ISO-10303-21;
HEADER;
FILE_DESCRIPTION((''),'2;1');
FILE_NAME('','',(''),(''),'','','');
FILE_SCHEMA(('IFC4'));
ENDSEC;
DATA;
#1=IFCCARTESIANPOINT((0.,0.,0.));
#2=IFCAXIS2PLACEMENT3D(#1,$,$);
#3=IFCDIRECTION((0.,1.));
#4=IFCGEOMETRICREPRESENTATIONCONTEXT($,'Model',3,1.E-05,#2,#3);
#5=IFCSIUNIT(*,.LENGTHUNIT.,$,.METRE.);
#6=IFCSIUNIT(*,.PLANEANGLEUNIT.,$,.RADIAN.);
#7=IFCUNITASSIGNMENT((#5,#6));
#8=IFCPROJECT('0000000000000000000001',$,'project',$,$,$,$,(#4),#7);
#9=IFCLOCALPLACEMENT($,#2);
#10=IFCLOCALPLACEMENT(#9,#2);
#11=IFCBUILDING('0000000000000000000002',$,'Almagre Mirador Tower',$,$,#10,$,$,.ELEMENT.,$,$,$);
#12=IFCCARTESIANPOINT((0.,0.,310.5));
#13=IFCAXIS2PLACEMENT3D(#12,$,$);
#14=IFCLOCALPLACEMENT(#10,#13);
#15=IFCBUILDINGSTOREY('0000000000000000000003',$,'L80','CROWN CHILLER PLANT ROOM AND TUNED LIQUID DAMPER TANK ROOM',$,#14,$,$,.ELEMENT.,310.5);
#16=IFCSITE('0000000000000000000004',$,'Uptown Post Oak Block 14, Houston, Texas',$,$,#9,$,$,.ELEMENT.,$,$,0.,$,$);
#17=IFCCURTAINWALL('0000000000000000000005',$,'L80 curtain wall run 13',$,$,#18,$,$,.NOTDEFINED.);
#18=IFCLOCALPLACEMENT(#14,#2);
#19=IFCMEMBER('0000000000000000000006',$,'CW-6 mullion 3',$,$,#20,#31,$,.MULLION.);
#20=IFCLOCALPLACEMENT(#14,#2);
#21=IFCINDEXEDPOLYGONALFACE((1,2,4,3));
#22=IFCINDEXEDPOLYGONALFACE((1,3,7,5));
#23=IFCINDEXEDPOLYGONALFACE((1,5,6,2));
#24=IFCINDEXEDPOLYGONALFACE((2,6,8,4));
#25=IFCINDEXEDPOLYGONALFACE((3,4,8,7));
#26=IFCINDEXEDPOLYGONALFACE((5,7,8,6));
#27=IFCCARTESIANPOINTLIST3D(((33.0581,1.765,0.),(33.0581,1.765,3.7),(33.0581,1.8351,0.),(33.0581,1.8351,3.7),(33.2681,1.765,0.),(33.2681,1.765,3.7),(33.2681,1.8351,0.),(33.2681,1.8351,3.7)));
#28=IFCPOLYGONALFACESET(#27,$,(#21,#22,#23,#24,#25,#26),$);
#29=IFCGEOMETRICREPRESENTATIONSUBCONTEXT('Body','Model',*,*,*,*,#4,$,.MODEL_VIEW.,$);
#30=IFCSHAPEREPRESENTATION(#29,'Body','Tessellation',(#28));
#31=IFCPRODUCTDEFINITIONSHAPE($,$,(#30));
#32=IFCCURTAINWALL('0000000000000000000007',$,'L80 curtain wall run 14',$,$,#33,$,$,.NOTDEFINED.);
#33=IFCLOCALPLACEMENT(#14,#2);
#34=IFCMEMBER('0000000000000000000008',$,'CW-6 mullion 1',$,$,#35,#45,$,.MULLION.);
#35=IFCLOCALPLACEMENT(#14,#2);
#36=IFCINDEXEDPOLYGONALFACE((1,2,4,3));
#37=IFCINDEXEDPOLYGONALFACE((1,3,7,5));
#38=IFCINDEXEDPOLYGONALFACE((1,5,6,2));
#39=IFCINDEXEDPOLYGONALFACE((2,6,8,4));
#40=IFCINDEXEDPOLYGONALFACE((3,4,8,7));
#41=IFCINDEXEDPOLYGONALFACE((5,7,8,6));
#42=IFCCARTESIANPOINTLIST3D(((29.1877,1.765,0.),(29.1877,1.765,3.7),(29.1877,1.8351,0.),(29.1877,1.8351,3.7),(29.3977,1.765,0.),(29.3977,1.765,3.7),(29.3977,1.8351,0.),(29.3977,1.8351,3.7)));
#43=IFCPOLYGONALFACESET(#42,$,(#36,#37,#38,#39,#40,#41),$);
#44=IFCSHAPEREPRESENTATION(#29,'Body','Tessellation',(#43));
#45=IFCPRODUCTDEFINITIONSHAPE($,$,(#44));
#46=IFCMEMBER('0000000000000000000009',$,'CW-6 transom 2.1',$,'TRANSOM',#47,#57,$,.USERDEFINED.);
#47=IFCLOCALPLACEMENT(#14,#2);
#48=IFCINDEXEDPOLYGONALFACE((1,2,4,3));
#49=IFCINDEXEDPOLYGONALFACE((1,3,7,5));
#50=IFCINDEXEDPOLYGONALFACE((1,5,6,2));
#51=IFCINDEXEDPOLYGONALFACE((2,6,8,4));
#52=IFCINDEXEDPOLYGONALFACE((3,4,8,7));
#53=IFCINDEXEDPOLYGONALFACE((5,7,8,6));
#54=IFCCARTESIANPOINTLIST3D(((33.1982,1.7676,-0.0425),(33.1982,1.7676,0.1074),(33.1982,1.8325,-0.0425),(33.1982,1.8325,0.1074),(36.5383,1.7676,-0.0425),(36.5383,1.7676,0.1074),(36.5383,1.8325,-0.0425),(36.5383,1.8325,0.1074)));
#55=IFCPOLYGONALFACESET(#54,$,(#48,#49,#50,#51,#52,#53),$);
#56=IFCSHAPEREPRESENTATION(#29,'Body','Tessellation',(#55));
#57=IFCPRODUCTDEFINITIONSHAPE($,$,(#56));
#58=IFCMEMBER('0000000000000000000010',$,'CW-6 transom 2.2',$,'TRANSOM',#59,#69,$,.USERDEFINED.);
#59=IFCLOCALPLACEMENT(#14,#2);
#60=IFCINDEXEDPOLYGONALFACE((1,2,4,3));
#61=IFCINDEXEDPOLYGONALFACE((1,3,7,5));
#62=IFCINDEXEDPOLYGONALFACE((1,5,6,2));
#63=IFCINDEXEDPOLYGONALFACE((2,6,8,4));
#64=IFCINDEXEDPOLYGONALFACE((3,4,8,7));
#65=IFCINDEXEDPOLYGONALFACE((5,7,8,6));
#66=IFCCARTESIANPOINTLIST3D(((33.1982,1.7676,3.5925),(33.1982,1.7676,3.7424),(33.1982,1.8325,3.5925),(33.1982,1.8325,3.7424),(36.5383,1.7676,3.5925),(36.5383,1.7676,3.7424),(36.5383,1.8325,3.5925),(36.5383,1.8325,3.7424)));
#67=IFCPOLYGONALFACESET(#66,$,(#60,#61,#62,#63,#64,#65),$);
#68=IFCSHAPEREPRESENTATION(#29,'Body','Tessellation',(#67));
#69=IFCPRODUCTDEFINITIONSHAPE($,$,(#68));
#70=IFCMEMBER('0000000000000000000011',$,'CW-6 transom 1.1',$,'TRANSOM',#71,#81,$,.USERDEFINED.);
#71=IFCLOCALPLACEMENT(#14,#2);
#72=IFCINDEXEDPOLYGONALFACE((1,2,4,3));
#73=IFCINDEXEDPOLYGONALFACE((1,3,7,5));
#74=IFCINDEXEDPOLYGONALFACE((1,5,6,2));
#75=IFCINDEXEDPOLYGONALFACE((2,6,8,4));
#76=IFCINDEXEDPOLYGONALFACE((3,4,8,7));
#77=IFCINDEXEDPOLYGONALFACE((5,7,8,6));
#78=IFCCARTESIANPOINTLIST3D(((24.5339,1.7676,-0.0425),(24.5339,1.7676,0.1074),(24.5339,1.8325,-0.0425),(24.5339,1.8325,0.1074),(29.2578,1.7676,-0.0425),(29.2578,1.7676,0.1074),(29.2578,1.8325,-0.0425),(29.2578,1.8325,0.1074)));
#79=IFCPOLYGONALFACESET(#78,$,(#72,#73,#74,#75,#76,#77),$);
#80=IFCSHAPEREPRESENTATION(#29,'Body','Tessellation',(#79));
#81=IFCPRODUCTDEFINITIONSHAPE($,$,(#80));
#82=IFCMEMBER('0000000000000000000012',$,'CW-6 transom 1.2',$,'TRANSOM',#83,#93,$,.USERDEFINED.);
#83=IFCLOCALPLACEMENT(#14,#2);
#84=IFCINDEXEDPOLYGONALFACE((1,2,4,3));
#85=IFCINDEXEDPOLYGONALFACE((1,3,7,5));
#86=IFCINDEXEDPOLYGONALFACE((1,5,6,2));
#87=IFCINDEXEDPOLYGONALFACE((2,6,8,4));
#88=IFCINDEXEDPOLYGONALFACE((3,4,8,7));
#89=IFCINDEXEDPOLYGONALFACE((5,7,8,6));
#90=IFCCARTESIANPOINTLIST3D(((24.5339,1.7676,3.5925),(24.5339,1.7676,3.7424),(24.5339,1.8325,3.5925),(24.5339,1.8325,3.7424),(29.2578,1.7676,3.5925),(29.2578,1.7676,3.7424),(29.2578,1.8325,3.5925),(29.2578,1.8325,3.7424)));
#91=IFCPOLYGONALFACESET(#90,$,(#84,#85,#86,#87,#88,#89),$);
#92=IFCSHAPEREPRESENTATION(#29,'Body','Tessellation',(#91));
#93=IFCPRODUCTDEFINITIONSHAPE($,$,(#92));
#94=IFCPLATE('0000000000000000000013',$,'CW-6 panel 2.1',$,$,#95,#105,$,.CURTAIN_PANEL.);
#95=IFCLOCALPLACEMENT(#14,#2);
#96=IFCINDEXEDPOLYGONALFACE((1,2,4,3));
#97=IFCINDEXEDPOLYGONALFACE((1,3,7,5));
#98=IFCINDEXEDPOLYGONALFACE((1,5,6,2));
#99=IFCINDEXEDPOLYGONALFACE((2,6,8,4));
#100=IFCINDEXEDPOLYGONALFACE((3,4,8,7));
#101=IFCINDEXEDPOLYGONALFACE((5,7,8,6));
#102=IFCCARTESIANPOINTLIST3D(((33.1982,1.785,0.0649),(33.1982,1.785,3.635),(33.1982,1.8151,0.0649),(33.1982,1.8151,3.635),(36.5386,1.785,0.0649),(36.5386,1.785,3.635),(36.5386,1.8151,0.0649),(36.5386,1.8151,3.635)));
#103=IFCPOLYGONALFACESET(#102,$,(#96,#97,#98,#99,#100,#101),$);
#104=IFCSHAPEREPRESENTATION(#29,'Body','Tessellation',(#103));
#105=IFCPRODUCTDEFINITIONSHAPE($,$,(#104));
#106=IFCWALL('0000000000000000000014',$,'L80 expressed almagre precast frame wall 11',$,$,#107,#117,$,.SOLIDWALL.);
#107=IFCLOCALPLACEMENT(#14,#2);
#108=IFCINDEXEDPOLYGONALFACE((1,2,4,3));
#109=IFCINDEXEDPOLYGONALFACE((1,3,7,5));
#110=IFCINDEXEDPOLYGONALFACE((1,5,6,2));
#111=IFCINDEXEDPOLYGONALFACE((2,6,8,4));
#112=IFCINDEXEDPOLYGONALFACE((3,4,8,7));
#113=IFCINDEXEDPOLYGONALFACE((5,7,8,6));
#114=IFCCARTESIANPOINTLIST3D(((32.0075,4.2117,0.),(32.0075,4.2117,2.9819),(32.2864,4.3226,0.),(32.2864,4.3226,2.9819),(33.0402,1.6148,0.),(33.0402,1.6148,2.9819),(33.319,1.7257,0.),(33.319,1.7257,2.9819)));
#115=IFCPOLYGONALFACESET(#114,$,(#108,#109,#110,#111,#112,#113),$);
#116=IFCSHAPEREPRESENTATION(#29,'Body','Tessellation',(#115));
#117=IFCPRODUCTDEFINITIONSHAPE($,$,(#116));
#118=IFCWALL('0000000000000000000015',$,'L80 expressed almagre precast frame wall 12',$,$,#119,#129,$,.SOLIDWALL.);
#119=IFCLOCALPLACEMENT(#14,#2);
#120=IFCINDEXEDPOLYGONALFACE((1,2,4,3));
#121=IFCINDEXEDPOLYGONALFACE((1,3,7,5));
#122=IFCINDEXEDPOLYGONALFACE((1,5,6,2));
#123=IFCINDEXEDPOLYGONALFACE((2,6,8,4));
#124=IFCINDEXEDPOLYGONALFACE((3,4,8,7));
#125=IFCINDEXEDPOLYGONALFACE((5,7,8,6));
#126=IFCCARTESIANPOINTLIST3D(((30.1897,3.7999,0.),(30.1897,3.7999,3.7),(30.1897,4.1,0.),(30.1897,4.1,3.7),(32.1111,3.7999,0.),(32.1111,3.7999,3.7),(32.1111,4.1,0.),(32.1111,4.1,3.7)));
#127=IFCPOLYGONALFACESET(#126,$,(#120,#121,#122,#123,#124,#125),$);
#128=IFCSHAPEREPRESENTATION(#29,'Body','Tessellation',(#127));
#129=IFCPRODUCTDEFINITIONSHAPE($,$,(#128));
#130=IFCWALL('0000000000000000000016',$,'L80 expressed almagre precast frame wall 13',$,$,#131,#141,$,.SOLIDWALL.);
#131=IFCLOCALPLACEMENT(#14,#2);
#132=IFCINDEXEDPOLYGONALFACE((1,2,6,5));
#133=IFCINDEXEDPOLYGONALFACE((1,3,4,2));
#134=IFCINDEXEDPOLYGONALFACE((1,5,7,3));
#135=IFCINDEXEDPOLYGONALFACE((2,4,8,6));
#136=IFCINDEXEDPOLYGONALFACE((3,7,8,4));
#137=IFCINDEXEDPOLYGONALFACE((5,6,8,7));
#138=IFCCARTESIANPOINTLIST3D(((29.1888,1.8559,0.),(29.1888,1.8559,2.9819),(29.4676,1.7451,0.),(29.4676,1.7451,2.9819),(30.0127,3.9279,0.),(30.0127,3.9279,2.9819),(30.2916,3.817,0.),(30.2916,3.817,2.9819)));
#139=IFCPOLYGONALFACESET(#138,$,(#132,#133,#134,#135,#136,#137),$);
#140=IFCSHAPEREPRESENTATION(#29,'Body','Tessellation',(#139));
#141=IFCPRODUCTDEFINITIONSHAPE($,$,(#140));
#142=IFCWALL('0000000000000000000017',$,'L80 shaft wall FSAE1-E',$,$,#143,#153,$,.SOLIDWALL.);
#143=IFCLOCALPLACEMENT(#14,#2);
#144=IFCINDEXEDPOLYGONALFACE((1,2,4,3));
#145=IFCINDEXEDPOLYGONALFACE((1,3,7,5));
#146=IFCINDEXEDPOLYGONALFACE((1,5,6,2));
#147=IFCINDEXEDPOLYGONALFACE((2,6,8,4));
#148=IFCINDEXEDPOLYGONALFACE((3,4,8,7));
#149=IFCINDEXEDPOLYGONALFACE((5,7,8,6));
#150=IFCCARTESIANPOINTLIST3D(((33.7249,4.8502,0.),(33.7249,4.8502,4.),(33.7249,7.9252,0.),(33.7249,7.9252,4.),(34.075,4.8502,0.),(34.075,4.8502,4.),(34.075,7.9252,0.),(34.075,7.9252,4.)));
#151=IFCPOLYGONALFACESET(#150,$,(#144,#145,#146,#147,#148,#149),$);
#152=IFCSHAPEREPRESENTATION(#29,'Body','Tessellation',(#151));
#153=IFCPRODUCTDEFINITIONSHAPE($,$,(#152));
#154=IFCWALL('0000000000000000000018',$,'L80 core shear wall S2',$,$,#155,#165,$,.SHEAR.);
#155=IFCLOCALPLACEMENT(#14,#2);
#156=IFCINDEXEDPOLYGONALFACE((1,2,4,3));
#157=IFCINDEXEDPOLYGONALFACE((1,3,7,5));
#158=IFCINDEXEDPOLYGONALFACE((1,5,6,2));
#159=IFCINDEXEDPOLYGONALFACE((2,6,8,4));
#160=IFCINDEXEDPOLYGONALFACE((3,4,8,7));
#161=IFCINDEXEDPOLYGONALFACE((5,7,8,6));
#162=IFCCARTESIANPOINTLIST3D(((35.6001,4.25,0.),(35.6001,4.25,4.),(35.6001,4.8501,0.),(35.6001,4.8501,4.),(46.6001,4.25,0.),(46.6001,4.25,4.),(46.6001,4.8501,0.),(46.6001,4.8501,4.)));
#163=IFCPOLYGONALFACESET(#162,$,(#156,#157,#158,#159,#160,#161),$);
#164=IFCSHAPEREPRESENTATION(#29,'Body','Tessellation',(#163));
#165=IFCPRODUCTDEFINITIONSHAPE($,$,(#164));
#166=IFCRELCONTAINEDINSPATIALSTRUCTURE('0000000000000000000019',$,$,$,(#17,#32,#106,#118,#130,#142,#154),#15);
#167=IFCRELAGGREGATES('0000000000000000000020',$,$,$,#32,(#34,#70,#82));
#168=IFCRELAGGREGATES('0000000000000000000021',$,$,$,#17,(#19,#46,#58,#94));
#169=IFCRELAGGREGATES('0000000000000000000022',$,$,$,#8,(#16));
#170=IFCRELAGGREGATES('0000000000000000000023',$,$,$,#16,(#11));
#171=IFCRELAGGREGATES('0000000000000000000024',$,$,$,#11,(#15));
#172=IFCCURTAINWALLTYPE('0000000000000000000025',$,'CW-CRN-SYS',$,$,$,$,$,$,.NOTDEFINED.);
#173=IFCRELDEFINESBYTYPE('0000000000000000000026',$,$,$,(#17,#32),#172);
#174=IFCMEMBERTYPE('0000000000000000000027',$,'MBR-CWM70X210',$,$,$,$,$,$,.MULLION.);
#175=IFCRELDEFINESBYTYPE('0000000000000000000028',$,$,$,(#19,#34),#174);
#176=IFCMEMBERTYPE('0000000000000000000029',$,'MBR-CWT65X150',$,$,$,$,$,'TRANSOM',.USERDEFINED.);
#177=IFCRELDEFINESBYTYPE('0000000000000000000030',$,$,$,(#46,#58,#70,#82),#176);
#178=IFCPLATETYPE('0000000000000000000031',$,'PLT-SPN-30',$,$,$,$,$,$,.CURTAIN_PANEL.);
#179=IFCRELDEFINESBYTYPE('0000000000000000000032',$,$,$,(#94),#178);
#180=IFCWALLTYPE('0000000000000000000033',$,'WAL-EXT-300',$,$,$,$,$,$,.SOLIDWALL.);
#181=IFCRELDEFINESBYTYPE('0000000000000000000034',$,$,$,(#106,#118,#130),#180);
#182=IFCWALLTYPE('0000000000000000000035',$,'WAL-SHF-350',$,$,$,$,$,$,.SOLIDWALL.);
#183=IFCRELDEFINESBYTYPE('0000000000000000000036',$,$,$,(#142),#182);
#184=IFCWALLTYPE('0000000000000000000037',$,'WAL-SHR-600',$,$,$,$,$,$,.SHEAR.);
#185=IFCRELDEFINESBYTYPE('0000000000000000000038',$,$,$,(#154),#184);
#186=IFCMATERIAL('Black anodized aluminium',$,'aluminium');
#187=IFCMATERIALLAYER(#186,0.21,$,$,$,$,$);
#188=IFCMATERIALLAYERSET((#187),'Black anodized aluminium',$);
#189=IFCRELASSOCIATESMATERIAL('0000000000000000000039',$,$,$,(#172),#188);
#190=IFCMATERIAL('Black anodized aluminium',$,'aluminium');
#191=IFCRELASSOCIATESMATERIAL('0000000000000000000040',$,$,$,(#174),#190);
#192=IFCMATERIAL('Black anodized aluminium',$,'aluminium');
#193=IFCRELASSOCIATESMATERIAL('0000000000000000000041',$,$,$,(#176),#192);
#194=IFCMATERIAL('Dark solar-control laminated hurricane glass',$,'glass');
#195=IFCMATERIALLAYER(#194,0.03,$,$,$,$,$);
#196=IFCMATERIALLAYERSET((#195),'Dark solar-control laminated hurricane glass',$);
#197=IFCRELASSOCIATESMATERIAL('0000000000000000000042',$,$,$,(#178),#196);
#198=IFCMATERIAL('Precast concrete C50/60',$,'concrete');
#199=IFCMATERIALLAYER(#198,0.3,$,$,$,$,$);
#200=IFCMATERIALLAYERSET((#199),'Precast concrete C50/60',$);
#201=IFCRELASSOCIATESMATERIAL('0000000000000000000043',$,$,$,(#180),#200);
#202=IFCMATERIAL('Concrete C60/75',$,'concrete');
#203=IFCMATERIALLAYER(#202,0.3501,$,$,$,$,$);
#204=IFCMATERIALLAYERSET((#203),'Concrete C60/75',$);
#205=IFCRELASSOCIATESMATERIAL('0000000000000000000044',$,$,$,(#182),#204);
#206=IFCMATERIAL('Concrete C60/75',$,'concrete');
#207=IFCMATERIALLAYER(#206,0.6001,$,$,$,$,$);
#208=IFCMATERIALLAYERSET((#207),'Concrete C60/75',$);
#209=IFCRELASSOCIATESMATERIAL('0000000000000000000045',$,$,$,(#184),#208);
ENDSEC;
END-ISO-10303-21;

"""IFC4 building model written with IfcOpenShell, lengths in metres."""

from ifc_helpers import new_model, si_unit, direction, frame, frame_2d, origin, origin_2d, place, context, subcontext, project, spatial, rectangle, extrude, material, layer, layer_set, material_profile, profile_set, type_object, element, aggregate, save


model = new_model("IFC4")

# Units and contexts
model_context = context("Model", 3, precision=1e-05, world=origin(), true_north=direction((0.0, 1.0)))
body_context = subcontext(model_context, "Body", "Model", "MODEL_VIEW")
ifc_project = project(units=[si_unit("LENGTHUNIT", "METRE"), si_unit("PLANEANGLEUNIT", "RADIAN")], contexts=[model_context])

# Site, building, storey
site_placement = place(None, origin())
site = spatial("IfcSite", under=ifc_project, at=site_placement, Name="Uptown Post Oak Block 14, Houston, Texas", CompositionType="ELEMENT", RefElevation=0.0)
building_placement = place(site_placement, origin())
building = spatial("IfcBuilding", under=site, at=building_placement, Name="Almagre Mirador Tower", CompositionType="ELEMENT")
storey_placement = place(building_placement, frame((0.0, 0.0, 310.5)))
storey = spatial("IfcBuildingStorey", under=building, at=storey_placement, Name="L80", Description="CROWN CHILLER PLANT ROOM AND TUNED LIQUID DAMPER TANK ROOM", CompositionType="ELEMENT", Elevation=310.5)

# Curtain walls, members
ifc_material_1 = material(Name="Black anodized aluminium", Category="aluminium")
ifc_layer_1 = layer(ifc_material_1, 0.21)
ifc_layer_set_1 = layer_set([ifc_layer_1], Name="Black anodized aluminium")
curtain_wall_type = type_object("IfcCurtainWallType", Name="CW-CRN-SYS", PredefinedType="NOTDEFINED", material=ifc_layer_set_1)
curtain_wall_1_placement = place(storey_placement, origin())
curtain_wall_1 = element("IfcCurtainWall", 1, at=curtain_wall_1_placement, inside=storey, type_object=curtain_wall_type, Name="L80 curtain wall run 13", PredefinedType="NOTDEFINED")
ifc_material_2 = material(Name="Black anodized aluminium", Category="aluminium")
ifc_material_profile_1 = material_profile(ifc_material_2, rectangle(XDim=0.0701, YDim=0.21, at=origin_2d()), Name="CWM70X210")
ifc_profile_set_1 = profile_set([ifc_material_profile_1], Name="Black anodized aluminium")
member_type_1 = type_object("IfcMemberType", Name="MBR-CWM70X210", PredefinedType="MULLION", material=ifc_profile_set_1)
member_1_placement = place(storey_placement, frame((33.1631, 1.8, 0.0), z_axis=(0.0, 0.0, 1.0), x_axis=(0.0, -1.0, 0.0)))
member_1 = element("IfcMember", 2, at=member_1_placement, type_object=member_type_1, Name="CW-6 mullion 3", PredefinedType="MULLION", context=body_context, shape_type="SweptSolid", body=[
    extrude(rectangle(XDim=0.0701, YDim=0.21, at=origin_2d()), origin(), (0.0, 0.0, 1.0), 3.7),
])
curtain_wall_2_placement = place(storey_placement, origin())
curtain_wall_2 = element("IfcCurtainWall", 3, at=curtain_wall_2_placement, inside=storey, type_object=curtain_wall_type, Name="L80 curtain wall run 14", PredefinedType="NOTDEFINED")
member_2_placement = place(storey_placement, frame((29.2927, 1.8, 0.0), z_axis=(0.0, 0.0, 1.0), x_axis=(0.0, -1.0, 0.0)))
member_2 = element("IfcMember", 4, at=member_2_placement, type_object=member_type_1, Name="CW-6 mullion 1", PredefinedType="MULLION", context=body_context, shape_type="SweptSolid", body=[
    extrude(rectangle(XDim=0.0701, YDim=0.21, at=origin_2d()), origin(), (0.0, 0.0, 1.0), 3.7),
])

# Members
ifc_material_3 = material(Name="Black anodized aluminium", Category="aluminium")
ifc_material_profile_2 = material_profile(ifc_material_3, rectangle(XDim=0.0649, YDim=0.1499, at=origin_2d()), Name="CWT65X150")
ifc_profile_set_2 = profile_set([ifc_material_profile_2], Name="Black anodized aluminium")
member_type_2 = type_object("IfcMemberType", Name="MBR-CWT65X150", ElementType="TRANSOM", PredefinedType="USERDEFINED", material=ifc_profile_set_2)
member_3_placement = place(storey_placement, frame((36.5383, 1.8, 0.0325), z_axis=(-1.0, 0.0, 0.0), x_axis=(0.0, -1.0, 0.0)))
member_3 = element("IfcMember", 5, at=member_3_placement, type_object=member_type_2, Name="CW-6 transom 2.1", ObjectType="TRANSOM", PredefinedType="USERDEFINED", context=body_context, shape_type="SweptSolid", body=[
    extrude(rectangle(XDim=0.0649, YDim=0.1499, at=origin_2d()), origin(), (0.0, 0.0, 1.0), 3.3401),
])
member_4_placement = place(storey_placement, frame((36.5383, 1.8, 3.6675), z_axis=(-1.0, 0.0, 0.0), x_axis=(0.0, -1.0, 0.0)))
member_4 = element("IfcMember", 6, at=member_4_placement, type_object=member_type_2, Name="CW-6 transom 2.2", ObjectType="TRANSOM", PredefinedType="USERDEFINED", context=body_context, shape_type="SweptSolid", body=[
    extrude(rectangle(XDim=0.0649, YDim=0.1499, at=origin_2d()), origin(), (0.0, 0.0, 1.0), 3.3401),
])
member_5_placement = place(storey_placement, frame((29.2578, 1.8, 0.0325), z_axis=(-1.0, 0.0, 0.0), x_axis=(0.0, -1.0, 0.0)))
member_5 = element("IfcMember", 7, at=member_5_placement, type_object=member_type_2, Name="CW-6 transom 1.1", ObjectType="TRANSOM", PredefinedType="USERDEFINED", context=body_context, shape_type="SweptSolid", body=[
    extrude(rectangle(XDim=0.0649, YDim=0.1499, at=origin_2d()), origin(), (0.0, 0.0, 1.0), 4.7239),
])
member_6_placement = place(storey_placement, frame((29.2578, 1.8, 3.6675), z_axis=(-1.0, 0.0, 0.0), x_axis=(0.0, -1.0, 0.0)))
member_6 = element("IfcMember", 8, at=member_6_placement, type_object=member_type_2, Name="CW-6 transom 1.2", ObjectType="TRANSOM", PredefinedType="USERDEFINED", context=body_context, shape_type="SweptSolid", body=[
    extrude(rectangle(XDim=0.0649, YDim=0.1499, at=origin_2d()), origin(), (0.0, 0.0, 1.0), 4.7239),
])
aggregate(curtain_wall_2, [member_2, member_5, member_6])

# Plate
ifc_material_4 = material(Name="Dark solar-control laminated hurricane glass", Category="glass")
ifc_layer_2 = layer(ifc_material_4, 0.03)
ifc_layer_set_2 = layer_set([ifc_layer_2], Name="Dark solar-control laminated hurricane glass")
plate_type = type_object("IfcPlateType", Name="PLT-SPN-30", PredefinedType="CURTAIN_PANEL", material=ifc_layer_set_2)
plate_placement = place(storey_placement, frame((34.8684, 1.8, 0.0649), z_axis=(0.0, 0.0, 1.0), x_axis=(-1.0, 0.0, 0.0)))
plate = element("IfcPlate", 9, at=plate_placement, type_object=plate_type, Name="CW-6 panel 2.1", PredefinedType="CURTAIN_PANEL", context=body_context, shape_type="SweptSolid", body=[
    extrude(rectangle(XDim=3.3403, YDim=0.03, at=origin_2d()), origin(), (0.0, 0.0, 1.0), 3.5701),
])
aggregate(curtain_wall_1, [member_1, member_3, member_4, plate])

# Walls
ifc_material_5 = material(Name="Precast concrete C50/60", Category="concrete")
ifc_layer_3 = layer(ifc_material_5, 0.3)
ifc_layer_set_3 = layer_set([ifc_layer_3], Name="Precast concrete C50/60")
wall_type_1 = type_object("IfcWallType", Name="WAL-EXT-300", PredefinedType="SOLIDWALL", material=ifc_layer_set_3)
wall_1_placement = place(storey_placement, frame((33.1797, 1.6702, 0.0), z_axis=(0.0, 0.0, 1.0), x_axis=(-0.369522, 0.929222, 0.0)))
element("IfcWall", 10, at=wall_1_placement, inside=storey, type_object=wall_type_1, Name="L80 expressed almagre precast frame wall 11", PredefinedType="SOLIDWALL", context=body_context, shape_type="SweptSolid", body=[
    extrude(rectangle(XDim=2.7947, YDim=0.3, at=frame_2d((1.3975, 0.0))), origin(), (0.0, 0.0, 1.0), 2.9819),
])
wall_2_placement = place(storey_placement, frame((32.1111, 3.95, 0.0), z_axis=(0.0, 0.0, 1.0), x_axis=(-1.0, 0.0, 0.0)))
element("IfcWall", 11, at=wall_2_placement, inside=storey, type_object=wall_type_1, Name="L80 expressed almagre precast frame wall 12", PredefinedType="SOLIDWALL", context=body_context, shape_type="SweptSolid", body=[
    extrude(rectangle(XDim=1.9214, YDim=0.3, at=frame_2d((0.9607, 0.0))), origin(), (0.0, 0.0, 1.0), 3.7),
])
wall_3_placement = place(storey_placement, frame((30.1521, 3.8723, 0.0), z_axis=(0.0, 0.0, 1.0), x_axis=(-0.369521, -0.929222, 0.0)))
element("IfcWall", 12, at=wall_3_placement, inside=storey, type_object=wall_type_1, Name="L80 expressed almagre precast frame wall 13", PredefinedType="SOLIDWALL", context=body_context, shape_type="SweptSolid", body=[
    extrude(rectangle(XDim=2.2297, YDim=0.3, at=frame_2d((1.1147, 0.0))), origin(), (0.0, 0.0, 1.0), 2.9819),
])
ifc_material_6 = material(Name="Concrete C60/75", Category="concrete")
ifc_layer_4 = layer(ifc_material_6, 0.3501)
ifc_layer_set_4 = layer_set([ifc_layer_4], Name="Concrete C60/75")
wall_type_2 = type_object("IfcWallType", Name="WAL-SHF-350", PredefinedType="SOLIDWALL", material=ifc_layer_set_4)
wall_4_placement = place(storey_placement, frame((33.8999, 4.8501, 0.0), z_axis=(0.0, 0.0, 1.0), x_axis=(0.0, 1.0, 0.0)))
element("IfcWall", 13, at=wall_4_placement, inside=storey, type_object=wall_type_2, Name="L80 shaft wall FSAE1-E", PredefinedType="SOLIDWALL", context=body_context, shape_type="SweptSolid", body=[
    extrude(rectangle(XDim=3.075, YDim=0.3501, at=frame_2d((1.5376, 0.0))), origin(), (0.0, 0.0, 1.0), 4.0),
])
ifc_material_7 = material(Name="Concrete C60/75", Category="concrete")
ifc_layer_5 = layer(ifc_material_7, 0.6001)
ifc_layer_set_5 = layer_set([ifc_layer_5], Name="Concrete C60/75")
wall_type_3 = type_object("IfcWallType", Name="WAL-SHR-600", PredefinedType="SHEAR", material=ifc_layer_set_5)
wall_5_placement = place(storey_placement, frame((35.6001, 4.55, 0.0), z_axis=(0.0, 0.0, 1.0), x_axis=(1.0, 0.0, 0.0)))
element("IfcWall", 14, at=wall_5_placement, inside=storey, type_object=wall_type_3, Name="L80 core shear wall S2", PredefinedType="SHEAR", context=body_context, shape_type="SweptSolid", body=[
    extrude(rectangle(XDim=11.0, YDim=0.6001, at=frame_2d((5.5, 0.0))), origin(), (0.0, 0.0, 1.0), 4.0),
])

save(model, "model.ifc")
